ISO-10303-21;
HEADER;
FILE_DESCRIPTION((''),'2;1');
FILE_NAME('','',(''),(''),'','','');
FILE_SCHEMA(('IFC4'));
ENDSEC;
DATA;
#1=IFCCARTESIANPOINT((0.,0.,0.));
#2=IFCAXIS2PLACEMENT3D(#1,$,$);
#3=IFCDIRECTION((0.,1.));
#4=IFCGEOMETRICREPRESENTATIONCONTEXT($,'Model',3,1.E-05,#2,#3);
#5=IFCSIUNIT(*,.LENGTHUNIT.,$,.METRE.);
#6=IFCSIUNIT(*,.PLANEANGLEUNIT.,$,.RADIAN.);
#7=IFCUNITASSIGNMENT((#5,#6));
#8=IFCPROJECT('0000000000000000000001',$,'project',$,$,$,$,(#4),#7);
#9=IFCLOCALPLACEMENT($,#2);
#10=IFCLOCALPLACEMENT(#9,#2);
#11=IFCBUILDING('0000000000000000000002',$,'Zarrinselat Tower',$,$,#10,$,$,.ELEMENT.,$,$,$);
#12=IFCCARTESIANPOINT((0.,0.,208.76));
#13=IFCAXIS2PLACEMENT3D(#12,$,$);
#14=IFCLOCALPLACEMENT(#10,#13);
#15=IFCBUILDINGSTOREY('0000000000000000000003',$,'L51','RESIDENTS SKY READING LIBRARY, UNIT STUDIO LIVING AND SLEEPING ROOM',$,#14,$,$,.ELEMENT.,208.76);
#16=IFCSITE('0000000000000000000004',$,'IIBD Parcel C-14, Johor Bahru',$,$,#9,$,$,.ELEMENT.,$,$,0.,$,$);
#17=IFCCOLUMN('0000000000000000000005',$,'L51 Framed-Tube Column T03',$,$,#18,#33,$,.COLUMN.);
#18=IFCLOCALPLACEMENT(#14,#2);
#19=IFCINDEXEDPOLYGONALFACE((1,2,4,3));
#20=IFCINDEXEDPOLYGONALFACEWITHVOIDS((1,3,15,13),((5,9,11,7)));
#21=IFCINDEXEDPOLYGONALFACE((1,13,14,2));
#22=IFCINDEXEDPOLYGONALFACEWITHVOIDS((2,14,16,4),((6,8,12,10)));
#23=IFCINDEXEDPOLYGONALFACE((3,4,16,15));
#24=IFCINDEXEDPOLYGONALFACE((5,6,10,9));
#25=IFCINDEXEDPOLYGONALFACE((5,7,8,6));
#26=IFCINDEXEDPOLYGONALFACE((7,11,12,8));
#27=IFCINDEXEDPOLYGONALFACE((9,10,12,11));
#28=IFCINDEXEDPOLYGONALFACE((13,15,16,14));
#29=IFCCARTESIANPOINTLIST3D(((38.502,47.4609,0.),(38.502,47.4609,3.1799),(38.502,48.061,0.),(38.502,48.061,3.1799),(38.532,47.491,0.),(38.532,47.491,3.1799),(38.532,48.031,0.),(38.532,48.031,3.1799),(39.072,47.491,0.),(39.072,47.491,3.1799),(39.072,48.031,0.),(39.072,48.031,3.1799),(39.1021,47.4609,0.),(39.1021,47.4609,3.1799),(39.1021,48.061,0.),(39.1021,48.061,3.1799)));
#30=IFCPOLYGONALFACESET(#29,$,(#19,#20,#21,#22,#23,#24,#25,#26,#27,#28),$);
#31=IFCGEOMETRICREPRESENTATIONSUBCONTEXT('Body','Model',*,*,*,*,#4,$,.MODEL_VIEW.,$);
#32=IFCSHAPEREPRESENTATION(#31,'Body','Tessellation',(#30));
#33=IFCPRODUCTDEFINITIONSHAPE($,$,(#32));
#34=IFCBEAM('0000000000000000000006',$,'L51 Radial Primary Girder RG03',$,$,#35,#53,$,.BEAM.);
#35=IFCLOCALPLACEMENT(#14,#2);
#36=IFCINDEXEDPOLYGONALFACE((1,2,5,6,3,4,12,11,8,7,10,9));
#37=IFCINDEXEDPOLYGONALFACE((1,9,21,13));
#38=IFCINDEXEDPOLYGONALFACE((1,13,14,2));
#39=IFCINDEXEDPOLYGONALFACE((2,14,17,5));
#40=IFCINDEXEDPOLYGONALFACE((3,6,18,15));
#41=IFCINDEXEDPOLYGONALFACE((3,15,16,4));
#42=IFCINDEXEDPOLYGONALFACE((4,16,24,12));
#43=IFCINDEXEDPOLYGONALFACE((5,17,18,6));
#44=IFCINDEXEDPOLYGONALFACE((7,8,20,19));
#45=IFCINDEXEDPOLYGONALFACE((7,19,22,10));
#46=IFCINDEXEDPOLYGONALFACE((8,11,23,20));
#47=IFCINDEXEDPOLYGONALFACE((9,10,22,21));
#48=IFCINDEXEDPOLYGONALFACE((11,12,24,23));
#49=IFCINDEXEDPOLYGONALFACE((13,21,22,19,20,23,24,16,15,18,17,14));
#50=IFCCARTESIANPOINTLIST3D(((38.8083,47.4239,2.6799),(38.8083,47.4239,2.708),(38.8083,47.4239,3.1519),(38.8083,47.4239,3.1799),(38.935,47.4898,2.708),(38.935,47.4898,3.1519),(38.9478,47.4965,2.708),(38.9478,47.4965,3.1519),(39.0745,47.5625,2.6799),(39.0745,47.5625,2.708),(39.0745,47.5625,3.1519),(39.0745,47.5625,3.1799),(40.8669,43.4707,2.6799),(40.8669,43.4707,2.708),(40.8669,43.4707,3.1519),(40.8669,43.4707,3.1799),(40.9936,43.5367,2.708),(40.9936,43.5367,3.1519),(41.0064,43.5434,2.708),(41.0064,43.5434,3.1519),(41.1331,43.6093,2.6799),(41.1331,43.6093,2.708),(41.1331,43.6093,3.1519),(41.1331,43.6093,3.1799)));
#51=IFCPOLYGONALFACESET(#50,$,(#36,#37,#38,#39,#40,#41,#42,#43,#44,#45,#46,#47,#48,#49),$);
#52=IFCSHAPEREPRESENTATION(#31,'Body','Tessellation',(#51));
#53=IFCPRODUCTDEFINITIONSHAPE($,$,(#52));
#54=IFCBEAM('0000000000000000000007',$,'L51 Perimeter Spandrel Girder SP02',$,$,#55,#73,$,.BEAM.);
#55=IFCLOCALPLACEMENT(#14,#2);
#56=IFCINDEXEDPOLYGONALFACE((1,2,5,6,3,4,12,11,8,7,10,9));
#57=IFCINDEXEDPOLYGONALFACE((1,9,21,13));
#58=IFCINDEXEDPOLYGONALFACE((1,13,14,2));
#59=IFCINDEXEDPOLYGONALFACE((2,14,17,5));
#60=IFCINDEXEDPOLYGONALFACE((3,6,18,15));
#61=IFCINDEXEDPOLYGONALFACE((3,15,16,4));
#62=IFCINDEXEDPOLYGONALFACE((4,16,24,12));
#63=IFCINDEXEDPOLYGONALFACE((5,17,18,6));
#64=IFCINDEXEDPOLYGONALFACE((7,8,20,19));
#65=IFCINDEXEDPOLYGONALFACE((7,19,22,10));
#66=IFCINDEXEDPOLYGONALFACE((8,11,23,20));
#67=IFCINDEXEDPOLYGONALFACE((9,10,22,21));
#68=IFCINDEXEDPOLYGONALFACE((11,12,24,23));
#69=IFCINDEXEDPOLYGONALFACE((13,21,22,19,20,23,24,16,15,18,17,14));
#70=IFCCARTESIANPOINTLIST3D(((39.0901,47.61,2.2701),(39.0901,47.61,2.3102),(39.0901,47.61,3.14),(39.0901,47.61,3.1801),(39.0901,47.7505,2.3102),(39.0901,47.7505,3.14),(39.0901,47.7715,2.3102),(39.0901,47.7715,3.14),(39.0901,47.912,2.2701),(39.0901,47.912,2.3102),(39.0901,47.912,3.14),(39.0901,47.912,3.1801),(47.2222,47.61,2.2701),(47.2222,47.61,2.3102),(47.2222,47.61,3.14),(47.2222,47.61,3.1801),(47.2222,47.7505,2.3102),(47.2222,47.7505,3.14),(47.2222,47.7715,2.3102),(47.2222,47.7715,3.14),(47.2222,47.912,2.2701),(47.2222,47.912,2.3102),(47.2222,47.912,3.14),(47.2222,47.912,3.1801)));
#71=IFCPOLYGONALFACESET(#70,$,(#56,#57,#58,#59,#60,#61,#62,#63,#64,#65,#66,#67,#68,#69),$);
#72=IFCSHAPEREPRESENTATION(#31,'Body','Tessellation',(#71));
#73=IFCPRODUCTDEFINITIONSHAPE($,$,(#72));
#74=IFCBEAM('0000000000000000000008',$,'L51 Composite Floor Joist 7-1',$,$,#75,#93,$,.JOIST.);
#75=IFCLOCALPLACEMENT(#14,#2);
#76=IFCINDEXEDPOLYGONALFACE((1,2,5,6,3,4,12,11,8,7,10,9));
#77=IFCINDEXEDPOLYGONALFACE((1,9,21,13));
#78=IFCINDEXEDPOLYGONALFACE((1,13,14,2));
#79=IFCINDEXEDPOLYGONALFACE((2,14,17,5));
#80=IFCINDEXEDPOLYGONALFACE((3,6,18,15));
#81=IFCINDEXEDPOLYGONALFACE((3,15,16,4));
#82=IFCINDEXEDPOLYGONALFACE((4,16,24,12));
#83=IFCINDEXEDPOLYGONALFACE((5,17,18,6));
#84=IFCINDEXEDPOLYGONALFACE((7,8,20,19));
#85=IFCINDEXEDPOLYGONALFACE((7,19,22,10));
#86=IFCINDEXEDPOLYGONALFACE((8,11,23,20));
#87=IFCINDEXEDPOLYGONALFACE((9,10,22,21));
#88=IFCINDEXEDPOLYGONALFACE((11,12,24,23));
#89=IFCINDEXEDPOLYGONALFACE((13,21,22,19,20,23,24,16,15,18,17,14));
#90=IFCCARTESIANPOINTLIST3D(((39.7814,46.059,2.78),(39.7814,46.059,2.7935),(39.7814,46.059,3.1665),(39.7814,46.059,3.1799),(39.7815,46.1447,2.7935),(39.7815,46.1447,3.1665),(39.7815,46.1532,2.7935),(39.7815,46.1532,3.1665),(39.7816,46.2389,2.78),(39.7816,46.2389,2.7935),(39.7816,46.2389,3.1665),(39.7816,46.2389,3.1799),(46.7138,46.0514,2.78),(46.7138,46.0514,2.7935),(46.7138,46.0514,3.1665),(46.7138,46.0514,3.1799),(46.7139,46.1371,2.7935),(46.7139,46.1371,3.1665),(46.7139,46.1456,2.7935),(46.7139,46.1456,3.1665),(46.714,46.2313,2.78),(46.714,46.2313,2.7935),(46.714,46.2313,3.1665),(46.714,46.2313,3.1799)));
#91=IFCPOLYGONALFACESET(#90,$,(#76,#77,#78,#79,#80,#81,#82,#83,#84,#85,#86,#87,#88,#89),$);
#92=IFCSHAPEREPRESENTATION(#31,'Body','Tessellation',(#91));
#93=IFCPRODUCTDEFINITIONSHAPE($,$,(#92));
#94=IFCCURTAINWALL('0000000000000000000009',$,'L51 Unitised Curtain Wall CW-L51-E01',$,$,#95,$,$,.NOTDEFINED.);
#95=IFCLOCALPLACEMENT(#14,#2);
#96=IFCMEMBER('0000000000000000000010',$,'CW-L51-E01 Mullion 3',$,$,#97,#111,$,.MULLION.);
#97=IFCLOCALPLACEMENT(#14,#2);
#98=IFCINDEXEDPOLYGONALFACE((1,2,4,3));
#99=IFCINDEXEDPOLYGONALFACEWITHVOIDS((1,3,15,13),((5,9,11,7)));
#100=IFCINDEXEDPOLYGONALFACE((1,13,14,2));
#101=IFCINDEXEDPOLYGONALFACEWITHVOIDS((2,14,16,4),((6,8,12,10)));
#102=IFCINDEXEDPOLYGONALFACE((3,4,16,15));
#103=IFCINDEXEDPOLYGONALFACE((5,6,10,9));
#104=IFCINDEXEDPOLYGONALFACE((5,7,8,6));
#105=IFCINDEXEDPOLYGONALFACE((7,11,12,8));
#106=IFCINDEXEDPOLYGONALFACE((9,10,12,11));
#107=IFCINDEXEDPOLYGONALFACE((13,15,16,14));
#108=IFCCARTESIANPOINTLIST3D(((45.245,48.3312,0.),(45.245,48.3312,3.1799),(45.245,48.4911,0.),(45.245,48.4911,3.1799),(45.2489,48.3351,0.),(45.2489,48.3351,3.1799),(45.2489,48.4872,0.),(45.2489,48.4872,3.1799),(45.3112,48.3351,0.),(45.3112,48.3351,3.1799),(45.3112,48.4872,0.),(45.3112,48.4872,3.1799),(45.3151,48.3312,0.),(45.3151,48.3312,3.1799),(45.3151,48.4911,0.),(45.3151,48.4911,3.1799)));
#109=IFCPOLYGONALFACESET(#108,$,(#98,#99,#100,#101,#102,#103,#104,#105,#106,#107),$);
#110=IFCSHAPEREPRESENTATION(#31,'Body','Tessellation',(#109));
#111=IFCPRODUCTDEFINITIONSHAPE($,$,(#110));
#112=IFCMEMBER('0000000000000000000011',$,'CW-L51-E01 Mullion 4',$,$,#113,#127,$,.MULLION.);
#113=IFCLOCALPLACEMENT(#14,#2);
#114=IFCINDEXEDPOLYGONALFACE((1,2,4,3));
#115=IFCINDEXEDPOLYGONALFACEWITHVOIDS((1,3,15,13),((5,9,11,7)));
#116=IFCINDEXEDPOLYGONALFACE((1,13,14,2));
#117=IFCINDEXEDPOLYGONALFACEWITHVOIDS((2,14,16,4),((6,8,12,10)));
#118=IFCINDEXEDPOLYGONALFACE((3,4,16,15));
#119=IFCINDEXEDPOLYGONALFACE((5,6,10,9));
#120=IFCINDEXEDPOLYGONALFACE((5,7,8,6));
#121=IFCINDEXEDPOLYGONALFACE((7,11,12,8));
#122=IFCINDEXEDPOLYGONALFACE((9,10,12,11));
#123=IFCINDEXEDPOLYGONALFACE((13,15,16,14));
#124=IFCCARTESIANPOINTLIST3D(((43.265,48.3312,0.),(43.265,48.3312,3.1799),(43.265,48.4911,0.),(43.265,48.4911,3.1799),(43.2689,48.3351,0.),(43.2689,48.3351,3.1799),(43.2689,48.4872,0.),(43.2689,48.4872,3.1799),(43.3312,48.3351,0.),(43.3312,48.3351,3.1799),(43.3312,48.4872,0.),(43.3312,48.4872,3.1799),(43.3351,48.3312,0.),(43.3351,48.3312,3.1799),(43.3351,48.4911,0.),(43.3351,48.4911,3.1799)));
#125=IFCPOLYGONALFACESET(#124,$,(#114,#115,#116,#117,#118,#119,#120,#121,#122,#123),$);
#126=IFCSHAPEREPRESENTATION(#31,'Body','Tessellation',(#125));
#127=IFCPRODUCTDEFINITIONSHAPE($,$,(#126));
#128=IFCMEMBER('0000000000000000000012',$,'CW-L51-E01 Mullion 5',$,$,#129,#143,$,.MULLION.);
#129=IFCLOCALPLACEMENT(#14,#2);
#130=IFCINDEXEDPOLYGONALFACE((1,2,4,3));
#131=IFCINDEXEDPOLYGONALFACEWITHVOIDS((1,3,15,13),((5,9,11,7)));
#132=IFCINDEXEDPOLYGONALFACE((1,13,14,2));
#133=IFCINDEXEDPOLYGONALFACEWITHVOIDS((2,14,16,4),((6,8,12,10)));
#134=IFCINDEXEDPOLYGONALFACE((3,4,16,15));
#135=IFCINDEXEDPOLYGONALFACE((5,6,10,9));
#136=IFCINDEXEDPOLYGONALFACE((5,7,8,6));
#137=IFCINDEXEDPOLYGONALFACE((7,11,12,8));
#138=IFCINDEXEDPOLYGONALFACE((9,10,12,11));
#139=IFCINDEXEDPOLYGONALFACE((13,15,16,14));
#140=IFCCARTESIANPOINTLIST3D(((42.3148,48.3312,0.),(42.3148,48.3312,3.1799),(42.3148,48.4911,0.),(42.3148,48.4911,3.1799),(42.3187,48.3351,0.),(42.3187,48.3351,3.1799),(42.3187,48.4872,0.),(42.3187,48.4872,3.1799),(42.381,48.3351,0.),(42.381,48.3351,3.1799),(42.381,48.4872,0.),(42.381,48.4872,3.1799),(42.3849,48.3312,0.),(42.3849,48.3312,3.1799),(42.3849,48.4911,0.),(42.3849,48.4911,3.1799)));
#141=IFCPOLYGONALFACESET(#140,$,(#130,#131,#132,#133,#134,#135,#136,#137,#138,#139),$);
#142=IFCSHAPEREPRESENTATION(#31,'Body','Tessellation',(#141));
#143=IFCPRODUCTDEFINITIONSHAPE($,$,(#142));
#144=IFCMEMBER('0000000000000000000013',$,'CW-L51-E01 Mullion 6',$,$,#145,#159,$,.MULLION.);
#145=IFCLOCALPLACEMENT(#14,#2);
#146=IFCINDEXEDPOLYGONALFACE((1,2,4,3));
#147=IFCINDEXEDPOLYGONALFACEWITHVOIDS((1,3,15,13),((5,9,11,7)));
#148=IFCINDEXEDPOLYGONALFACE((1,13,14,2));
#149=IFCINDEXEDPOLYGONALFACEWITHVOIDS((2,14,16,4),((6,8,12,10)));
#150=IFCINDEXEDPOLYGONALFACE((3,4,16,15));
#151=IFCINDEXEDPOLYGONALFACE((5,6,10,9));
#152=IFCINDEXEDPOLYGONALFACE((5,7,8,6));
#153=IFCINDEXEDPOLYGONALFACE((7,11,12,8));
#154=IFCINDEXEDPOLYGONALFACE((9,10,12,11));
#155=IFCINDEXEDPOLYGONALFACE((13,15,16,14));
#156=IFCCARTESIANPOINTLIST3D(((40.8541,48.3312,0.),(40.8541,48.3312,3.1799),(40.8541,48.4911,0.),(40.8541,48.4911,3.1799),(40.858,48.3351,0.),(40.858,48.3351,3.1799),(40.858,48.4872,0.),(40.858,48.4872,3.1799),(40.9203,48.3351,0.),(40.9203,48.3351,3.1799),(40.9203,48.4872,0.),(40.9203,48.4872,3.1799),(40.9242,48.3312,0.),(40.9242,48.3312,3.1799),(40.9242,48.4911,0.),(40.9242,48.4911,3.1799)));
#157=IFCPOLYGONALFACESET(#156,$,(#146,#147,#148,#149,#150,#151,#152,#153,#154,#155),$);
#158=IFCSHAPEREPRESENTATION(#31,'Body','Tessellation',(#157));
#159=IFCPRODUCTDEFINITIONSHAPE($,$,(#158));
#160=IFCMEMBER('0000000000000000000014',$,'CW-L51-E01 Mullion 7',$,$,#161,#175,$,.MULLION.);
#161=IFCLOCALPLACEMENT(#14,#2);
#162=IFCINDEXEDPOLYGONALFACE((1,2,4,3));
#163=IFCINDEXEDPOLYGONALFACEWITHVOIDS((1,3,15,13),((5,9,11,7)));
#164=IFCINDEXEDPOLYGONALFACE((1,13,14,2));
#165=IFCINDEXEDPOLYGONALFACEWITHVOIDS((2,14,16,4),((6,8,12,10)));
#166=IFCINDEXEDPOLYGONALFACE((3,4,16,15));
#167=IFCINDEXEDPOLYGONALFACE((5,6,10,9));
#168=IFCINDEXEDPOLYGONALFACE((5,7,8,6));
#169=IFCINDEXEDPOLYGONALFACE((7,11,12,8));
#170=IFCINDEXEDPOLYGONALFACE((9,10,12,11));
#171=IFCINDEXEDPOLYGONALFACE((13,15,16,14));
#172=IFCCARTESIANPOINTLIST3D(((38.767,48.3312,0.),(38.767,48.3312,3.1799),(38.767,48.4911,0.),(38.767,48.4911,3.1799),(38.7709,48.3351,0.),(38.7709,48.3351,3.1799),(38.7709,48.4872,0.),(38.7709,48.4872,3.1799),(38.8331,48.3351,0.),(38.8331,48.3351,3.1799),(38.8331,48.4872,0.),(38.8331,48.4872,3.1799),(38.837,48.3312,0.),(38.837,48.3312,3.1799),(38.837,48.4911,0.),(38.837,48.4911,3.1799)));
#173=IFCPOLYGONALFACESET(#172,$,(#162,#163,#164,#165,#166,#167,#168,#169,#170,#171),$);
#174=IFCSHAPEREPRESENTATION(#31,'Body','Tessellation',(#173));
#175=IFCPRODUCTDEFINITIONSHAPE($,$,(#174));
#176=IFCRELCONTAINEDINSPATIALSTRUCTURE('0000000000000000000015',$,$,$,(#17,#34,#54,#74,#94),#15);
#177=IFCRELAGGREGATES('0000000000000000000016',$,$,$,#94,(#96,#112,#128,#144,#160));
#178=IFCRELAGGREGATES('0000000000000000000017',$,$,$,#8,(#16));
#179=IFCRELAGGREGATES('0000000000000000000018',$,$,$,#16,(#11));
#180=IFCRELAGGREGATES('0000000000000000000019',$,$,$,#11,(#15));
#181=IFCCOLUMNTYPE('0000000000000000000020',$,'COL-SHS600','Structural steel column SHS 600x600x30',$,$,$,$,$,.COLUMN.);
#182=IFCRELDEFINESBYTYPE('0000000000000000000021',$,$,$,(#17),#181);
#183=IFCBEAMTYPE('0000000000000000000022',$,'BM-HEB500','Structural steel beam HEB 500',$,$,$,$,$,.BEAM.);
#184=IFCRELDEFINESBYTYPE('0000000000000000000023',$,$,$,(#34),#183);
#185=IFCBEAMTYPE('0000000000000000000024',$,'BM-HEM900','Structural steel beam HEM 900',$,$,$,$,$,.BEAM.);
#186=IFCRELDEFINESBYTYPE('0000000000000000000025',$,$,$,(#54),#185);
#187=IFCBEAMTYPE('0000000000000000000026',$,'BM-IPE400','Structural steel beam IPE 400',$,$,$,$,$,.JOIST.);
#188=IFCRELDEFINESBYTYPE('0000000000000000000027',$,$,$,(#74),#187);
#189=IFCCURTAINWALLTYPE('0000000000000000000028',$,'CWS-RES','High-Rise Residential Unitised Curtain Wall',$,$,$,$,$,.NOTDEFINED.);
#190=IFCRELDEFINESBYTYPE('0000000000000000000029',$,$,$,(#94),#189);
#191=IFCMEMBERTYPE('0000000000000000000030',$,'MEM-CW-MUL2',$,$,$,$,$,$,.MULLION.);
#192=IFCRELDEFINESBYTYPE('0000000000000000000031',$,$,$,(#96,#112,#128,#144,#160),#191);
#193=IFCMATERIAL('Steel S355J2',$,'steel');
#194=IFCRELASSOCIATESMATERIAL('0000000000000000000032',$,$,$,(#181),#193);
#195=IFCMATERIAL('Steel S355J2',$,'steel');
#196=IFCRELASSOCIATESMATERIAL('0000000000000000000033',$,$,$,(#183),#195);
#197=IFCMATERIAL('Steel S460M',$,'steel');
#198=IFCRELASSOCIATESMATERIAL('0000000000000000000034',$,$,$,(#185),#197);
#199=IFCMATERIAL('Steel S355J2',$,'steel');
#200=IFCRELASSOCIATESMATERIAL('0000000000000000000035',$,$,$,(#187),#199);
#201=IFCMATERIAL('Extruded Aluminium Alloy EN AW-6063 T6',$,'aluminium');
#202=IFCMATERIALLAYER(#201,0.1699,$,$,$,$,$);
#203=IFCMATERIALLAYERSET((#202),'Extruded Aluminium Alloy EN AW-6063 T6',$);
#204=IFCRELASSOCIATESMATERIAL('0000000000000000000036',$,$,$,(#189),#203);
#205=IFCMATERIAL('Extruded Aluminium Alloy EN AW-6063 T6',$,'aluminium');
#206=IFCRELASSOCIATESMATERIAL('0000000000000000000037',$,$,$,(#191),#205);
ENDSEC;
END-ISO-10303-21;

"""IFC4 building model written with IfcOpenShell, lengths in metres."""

from ifc_helpers import new_model, si_unit, direction, frame, origin, origin_2d, place, context, subcontext, project, spatial, hollow_rectangle, i_section, extrude, material, layer, layer_set, material_profile, profile_set, type_object, element, aggregate, save


model = new_model("IFC4")

# Units and contexts
model_context = context("Model", 3, precision=1e-05, world=origin(), true_north=direction((0.0, 1.0)))
body_context = subcontext(model_context, "Body", "Model", "MODEL_VIEW")
ifc_project = project(units=[si_unit("LENGTHUNIT", "METRE"), si_unit("PLANEANGLEUNIT", "RADIAN")], contexts=[model_context])

# Site, building, storey
site_placement = place(None, origin())
site = spatial("IfcSite", under=ifc_project, at=site_placement, Name="IIBD Parcel C-14, Johor Bahru", CompositionType="ELEMENT", RefElevation=0.0)
building_placement = place(site_placement, origin())
building = spatial("IfcBuilding", under=site, at=building_placement, Name="Zarrinselat Tower", CompositionType="ELEMENT")
storey_placement = place(building_placement, frame((0.0, 0.0, 208.76)))
storey = spatial("IfcBuildingStorey", under=building, at=storey_placement, Name="L51", Description="RESIDENTS SKY READING LIBRARY, UNIT STUDIO LIVING AND SLEEPING ROOM", CompositionType="ELEMENT", Elevation=208.76)

# Column
ifc_material_1 = material(Name="Steel S355J2", Category="steel")
ifc_material_profile_1 = material_profile(ifc_material_1, hollow_rectangle(XDim=0.6001, YDim=0.6001, WallThickness=0.03, at=origin_2d()), Name="SHS 600x600x30")
ifc_profile_set_1 = profile_set([ifc_material_profile_1], Name="Steel S355J2")
column_type = type_object("IfcColumnType", Name="COL-SHS600", Description="Structural steel column SHS 600x600x30", PredefinedType="COLUMN", material=ifc_profile_set_1)
column_placement = place(storey_placement, frame((38.802, 47.761, 0.0), z_axis=(0.0, 0.0, 1.0), x_axis=(1.0, 0.0, 0.0)))
element("IfcColumn", 1, at=column_placement, inside=storey, type_object=column_type, Name="L51 Framed-Tube Column T03", PredefinedType="COLUMN", context=body_context, shape_type="SweptSolid", body=[
    extrude(hollow_rectangle(XDim=0.6001, YDim=0.6001, WallThickness=0.03, at=origin_2d()), origin(), (0.0, 0.0, 1.0), 3.1799),
])

# Beams
ifc_material_2 = material(Name="Steel S355J2", Category="steel")
ifc_material_profile_2 = material_profile(ifc_material_2, i_section(OverallWidth=0.3, OverallDepth=0.5, WebThickness=0.0144, FlangeThickness=0.0281, at=origin_2d()), Name="HEB 500")
ifc_profile_set_2 = profile_set([ifc_material_profile_2], Name="Steel S355J2")
beam_type_1 = type_object("IfcBeamType", Name="BM-HEB500", Description="Structural steel beam HEB 500", PredefinedType="BEAM", material=ifc_profile_set_2)
beam_1_placement = place(storey_placement, frame((38.9414, 47.4932, 2.9299), z_axis=(0.461877, -0.886944, 0.0), x_axis=(0.886944, 0.461877, 0.0)))
element("IfcBeam", 2, at=beam_1_placement, inside=storey, type_object=beam_type_1, Name="L51 Radial Primary Girder RG03", PredefinedType="BEAM", context=body_context, shape_type="SweptSolid", body=[
    extrude(i_section(OverallWidth=0.3, OverallDepth=0.5, WebThickness=0.0144, FlangeThickness=0.0281, at=origin_2d()), origin(), (0.0, 0.0, 1.0), 4.457),
])
ifc_material_3 = material(Name="Steel S460M", Category="steel")
ifc_material_profile_3 = material_profile(ifc_material_3, i_section(OverallWidth=0.302, OverallDepth=0.9099, WebThickness=0.021, FlangeThickness=0.04, at=origin_2d()), Name="HEM 900")
ifc_profile_set_3 = profile_set([ifc_material_profile_3], Name="Steel S460M")
beam_type_2 = type_object("IfcBeamType", Name="BM-HEM900", Description="Structural steel beam HEM 900", PredefinedType="BEAM", material=ifc_profile_set_3)
beam_2_placement = place(storey_placement, frame((39.0901, 47.761, 2.7251), z_axis=(1.0, 0.0, 0.0), x_axis=(0.0, 1.0, 0.0)))
element("IfcBeam", 3, at=beam_2_placement, inside=storey, type_object=beam_type_2, Name="L51 Perimeter Spandrel Girder SP02", PredefinedType="BEAM", context=body_context, shape_type="SweptSolid", body=[
    extrude(i_section(OverallWidth=0.302, OverallDepth=0.9099, WebThickness=0.021, FlangeThickness=0.04, at=origin_2d()), origin(), (0.0, 0.0, 1.0), 8.1321),
])
ifc_material_4 = material(Name="Steel S355J2", Category="steel")
ifc_material_profile_4 = material_profile(ifc_material_4, i_section(OverallWidth=0.1799, OverallDepth=0.3999, WebThickness=0.0085, FlangeThickness=0.0134, at=origin_2d()), Name="IPE 400")
ifc_profile_set_4 = profile_set([ifc_material_profile_4], Name="Steel S355J2")
beam_type_3 = type_object("IfcBeamType", Name="BM-IPE400", Description="Structural steel beam IPE 400", PredefinedType="JOIST", material=ifc_profile_set_4)
beam_3_placement = place(storey_placement, frame((39.7815, 46.1489, 2.98), z_axis=(0.999999, -0.001092, 0.0), x_axis=(0.001092, 0.999999, 0.0)))
element("IfcBeam", 4, at=beam_3_placement, inside=storey, type_object=beam_type_3, Name="L51 Composite Floor Joist 7-1", PredefinedType="JOIST", context=body_context, shape_type="SweptSolid", body=[
    extrude(i_section(OverallWidth=0.1799, OverallDepth=0.3999, WebThickness=0.0085, FlangeThickness=0.0134, at=origin_2d()), origin(), (0.0, 0.0, 1.0), 6.9324),
])

# Curtain wall, members
ifc_material_5 = material(Name="Extruded Aluminium Alloy EN AW-6063 T6", Category="aluminium")
ifc_layer_1 = layer(ifc_material_5, 0.1699)
ifc_layer_set_1 = layer_set([ifc_layer_1], Name="Extruded Aluminium Alloy EN AW-6063 T6")
curtain_wall_type = type_object("IfcCurtainWallType", Name="CWS-RES", Description="High-Rise Residential Unitised Curtain Wall", PredefinedType="NOTDEFINED", material=ifc_layer_set_1)
curtain_wall_placement = place(storey_placement, origin())
curtain_wall = element("IfcCurtainWall", 5, at=curtain_wall_placement, inside=storey, type_object=curtain_wall_type, Name="L51 Unitised Curtain Wall CW-L51-E01", PredefinedType="NOTDEFINED")
ifc_material_6 = material(Name="Extruded Aluminium Alloy EN AW-6063 T6", Category="aluminium")
ifc_material_profile_5 = material_profile(ifc_material_6, hollow_rectangle(XDim=0.0701, YDim=0.1599, WallThickness=0.0039, at=origin_2d()), Name="RHS 160x70x4")
ifc_profile_set_5 = profile_set([ifc_material_profile_5], Name="Extruded Aluminium Alloy EN AW-6063 T6")
member_type_1 = type_object("IfcMemberType", Name="MEM-CW-MUL2", PredefinedType="MULLION", material=ifc_profile_set_5)
member_1_placement = place(storey_placement, frame((45.28, 48.4111, 0.0), z_axis=(0.0, 0.0, 1.0), x_axis=(-1.0, 0.0, 0.0)))
member_1 = element("IfcMember", 6, at=member_1_placement, type_object=member_type_1, Name="CW-L51-E01 Mullion 3", PredefinedType="MULLION", context=body_context, shape_type="SweptSolid", body=[
    extrude(hollow_rectangle(XDim=0.0701, YDim=0.1599, WallThickness=0.0039, at=origin_2d()), origin(), (0.0, 0.0, 1.0), 3.1799),
])
member_2_placement = place(storey_placement, frame((43.3, 48.4111, 0.0), z_axis=(0.0, 0.0, 1.0), x_axis=(-1.0, 0.0, 0.0)))
member_2 = element("IfcMember", 7, at=member_2_placement, type_object=member_type_1, Name="CW-L51-E01 Mullion 4", PredefinedType="MULLION", context=body_context, shape_type="SweptSolid", body=[
    extrude(hollow_rectangle(XDim=0.0701, YDim=0.1599, WallThickness=0.0039, at=origin_2d()), origin(), (0.0, 0.0, 1.0), 3.1799),
])
member_3_placement = place(storey_placement, frame((42.3499, 48.4111, 0.0), z_axis=(0.0, 0.0, 1.0), x_axis=(-1.0, 0.0, 0.0)))
member_3 = element("IfcMember", 8, at=member_3_placement, type_object=member_type_1, Name="CW-L51-E01 Mullion 5", PredefinedType="MULLION", context=body_context, shape_type="SweptSolid", body=[
    extrude(hollow_rectangle(XDim=0.0701, YDim=0.1599, WallThickness=0.0039, at=origin_2d()), origin(), (0.0, 0.0, 1.0), 3.1799),
])
member_4_placement = place(storey_placement, frame((40.8892, 48.4111, 0.0), z_axis=(0.0, 0.0, 1.0), x_axis=(-1.0, 0.0, 0.0)))
member_4 = element("IfcMember", 9, at=member_4_placement, type_object=member_type_1, Name="CW-L51-E01 Mullion 6", PredefinedType="MULLION", context=body_context, shape_type="SweptSolid", body=[
    extrude(hollow_rectangle(XDim=0.0701, YDim=0.1599, WallThickness=0.0039, at=origin_2d()), origin(), (0.0, 0.0, 1.0), 3.1799),
])
member_5_placement = place(storey_placement, frame((38.802, 48.4111, 0.0), z_axis=(0.0, 0.0, 1.0), x_axis=(-1.0, 0.0, 0.0)))
member_5 = element("IfcMember", 10, at=member_5_placement, type_object=member_type_1, Name="CW-L51-E01 Mullion 7", PredefinedType="MULLION", context=body_context, shape_type="SweptSolid", body=[
    extrude(hollow_rectangle(XDim=0.0701, YDim=0.1599, WallThickness=0.0039, at=origin_2d()), origin(), (0.0, 0.0, 1.0), 3.1799),
])
aggregate(curtain_wall, [member_1, member_2, member_3, member_4, member_5])

save(model, "model.ifc")
